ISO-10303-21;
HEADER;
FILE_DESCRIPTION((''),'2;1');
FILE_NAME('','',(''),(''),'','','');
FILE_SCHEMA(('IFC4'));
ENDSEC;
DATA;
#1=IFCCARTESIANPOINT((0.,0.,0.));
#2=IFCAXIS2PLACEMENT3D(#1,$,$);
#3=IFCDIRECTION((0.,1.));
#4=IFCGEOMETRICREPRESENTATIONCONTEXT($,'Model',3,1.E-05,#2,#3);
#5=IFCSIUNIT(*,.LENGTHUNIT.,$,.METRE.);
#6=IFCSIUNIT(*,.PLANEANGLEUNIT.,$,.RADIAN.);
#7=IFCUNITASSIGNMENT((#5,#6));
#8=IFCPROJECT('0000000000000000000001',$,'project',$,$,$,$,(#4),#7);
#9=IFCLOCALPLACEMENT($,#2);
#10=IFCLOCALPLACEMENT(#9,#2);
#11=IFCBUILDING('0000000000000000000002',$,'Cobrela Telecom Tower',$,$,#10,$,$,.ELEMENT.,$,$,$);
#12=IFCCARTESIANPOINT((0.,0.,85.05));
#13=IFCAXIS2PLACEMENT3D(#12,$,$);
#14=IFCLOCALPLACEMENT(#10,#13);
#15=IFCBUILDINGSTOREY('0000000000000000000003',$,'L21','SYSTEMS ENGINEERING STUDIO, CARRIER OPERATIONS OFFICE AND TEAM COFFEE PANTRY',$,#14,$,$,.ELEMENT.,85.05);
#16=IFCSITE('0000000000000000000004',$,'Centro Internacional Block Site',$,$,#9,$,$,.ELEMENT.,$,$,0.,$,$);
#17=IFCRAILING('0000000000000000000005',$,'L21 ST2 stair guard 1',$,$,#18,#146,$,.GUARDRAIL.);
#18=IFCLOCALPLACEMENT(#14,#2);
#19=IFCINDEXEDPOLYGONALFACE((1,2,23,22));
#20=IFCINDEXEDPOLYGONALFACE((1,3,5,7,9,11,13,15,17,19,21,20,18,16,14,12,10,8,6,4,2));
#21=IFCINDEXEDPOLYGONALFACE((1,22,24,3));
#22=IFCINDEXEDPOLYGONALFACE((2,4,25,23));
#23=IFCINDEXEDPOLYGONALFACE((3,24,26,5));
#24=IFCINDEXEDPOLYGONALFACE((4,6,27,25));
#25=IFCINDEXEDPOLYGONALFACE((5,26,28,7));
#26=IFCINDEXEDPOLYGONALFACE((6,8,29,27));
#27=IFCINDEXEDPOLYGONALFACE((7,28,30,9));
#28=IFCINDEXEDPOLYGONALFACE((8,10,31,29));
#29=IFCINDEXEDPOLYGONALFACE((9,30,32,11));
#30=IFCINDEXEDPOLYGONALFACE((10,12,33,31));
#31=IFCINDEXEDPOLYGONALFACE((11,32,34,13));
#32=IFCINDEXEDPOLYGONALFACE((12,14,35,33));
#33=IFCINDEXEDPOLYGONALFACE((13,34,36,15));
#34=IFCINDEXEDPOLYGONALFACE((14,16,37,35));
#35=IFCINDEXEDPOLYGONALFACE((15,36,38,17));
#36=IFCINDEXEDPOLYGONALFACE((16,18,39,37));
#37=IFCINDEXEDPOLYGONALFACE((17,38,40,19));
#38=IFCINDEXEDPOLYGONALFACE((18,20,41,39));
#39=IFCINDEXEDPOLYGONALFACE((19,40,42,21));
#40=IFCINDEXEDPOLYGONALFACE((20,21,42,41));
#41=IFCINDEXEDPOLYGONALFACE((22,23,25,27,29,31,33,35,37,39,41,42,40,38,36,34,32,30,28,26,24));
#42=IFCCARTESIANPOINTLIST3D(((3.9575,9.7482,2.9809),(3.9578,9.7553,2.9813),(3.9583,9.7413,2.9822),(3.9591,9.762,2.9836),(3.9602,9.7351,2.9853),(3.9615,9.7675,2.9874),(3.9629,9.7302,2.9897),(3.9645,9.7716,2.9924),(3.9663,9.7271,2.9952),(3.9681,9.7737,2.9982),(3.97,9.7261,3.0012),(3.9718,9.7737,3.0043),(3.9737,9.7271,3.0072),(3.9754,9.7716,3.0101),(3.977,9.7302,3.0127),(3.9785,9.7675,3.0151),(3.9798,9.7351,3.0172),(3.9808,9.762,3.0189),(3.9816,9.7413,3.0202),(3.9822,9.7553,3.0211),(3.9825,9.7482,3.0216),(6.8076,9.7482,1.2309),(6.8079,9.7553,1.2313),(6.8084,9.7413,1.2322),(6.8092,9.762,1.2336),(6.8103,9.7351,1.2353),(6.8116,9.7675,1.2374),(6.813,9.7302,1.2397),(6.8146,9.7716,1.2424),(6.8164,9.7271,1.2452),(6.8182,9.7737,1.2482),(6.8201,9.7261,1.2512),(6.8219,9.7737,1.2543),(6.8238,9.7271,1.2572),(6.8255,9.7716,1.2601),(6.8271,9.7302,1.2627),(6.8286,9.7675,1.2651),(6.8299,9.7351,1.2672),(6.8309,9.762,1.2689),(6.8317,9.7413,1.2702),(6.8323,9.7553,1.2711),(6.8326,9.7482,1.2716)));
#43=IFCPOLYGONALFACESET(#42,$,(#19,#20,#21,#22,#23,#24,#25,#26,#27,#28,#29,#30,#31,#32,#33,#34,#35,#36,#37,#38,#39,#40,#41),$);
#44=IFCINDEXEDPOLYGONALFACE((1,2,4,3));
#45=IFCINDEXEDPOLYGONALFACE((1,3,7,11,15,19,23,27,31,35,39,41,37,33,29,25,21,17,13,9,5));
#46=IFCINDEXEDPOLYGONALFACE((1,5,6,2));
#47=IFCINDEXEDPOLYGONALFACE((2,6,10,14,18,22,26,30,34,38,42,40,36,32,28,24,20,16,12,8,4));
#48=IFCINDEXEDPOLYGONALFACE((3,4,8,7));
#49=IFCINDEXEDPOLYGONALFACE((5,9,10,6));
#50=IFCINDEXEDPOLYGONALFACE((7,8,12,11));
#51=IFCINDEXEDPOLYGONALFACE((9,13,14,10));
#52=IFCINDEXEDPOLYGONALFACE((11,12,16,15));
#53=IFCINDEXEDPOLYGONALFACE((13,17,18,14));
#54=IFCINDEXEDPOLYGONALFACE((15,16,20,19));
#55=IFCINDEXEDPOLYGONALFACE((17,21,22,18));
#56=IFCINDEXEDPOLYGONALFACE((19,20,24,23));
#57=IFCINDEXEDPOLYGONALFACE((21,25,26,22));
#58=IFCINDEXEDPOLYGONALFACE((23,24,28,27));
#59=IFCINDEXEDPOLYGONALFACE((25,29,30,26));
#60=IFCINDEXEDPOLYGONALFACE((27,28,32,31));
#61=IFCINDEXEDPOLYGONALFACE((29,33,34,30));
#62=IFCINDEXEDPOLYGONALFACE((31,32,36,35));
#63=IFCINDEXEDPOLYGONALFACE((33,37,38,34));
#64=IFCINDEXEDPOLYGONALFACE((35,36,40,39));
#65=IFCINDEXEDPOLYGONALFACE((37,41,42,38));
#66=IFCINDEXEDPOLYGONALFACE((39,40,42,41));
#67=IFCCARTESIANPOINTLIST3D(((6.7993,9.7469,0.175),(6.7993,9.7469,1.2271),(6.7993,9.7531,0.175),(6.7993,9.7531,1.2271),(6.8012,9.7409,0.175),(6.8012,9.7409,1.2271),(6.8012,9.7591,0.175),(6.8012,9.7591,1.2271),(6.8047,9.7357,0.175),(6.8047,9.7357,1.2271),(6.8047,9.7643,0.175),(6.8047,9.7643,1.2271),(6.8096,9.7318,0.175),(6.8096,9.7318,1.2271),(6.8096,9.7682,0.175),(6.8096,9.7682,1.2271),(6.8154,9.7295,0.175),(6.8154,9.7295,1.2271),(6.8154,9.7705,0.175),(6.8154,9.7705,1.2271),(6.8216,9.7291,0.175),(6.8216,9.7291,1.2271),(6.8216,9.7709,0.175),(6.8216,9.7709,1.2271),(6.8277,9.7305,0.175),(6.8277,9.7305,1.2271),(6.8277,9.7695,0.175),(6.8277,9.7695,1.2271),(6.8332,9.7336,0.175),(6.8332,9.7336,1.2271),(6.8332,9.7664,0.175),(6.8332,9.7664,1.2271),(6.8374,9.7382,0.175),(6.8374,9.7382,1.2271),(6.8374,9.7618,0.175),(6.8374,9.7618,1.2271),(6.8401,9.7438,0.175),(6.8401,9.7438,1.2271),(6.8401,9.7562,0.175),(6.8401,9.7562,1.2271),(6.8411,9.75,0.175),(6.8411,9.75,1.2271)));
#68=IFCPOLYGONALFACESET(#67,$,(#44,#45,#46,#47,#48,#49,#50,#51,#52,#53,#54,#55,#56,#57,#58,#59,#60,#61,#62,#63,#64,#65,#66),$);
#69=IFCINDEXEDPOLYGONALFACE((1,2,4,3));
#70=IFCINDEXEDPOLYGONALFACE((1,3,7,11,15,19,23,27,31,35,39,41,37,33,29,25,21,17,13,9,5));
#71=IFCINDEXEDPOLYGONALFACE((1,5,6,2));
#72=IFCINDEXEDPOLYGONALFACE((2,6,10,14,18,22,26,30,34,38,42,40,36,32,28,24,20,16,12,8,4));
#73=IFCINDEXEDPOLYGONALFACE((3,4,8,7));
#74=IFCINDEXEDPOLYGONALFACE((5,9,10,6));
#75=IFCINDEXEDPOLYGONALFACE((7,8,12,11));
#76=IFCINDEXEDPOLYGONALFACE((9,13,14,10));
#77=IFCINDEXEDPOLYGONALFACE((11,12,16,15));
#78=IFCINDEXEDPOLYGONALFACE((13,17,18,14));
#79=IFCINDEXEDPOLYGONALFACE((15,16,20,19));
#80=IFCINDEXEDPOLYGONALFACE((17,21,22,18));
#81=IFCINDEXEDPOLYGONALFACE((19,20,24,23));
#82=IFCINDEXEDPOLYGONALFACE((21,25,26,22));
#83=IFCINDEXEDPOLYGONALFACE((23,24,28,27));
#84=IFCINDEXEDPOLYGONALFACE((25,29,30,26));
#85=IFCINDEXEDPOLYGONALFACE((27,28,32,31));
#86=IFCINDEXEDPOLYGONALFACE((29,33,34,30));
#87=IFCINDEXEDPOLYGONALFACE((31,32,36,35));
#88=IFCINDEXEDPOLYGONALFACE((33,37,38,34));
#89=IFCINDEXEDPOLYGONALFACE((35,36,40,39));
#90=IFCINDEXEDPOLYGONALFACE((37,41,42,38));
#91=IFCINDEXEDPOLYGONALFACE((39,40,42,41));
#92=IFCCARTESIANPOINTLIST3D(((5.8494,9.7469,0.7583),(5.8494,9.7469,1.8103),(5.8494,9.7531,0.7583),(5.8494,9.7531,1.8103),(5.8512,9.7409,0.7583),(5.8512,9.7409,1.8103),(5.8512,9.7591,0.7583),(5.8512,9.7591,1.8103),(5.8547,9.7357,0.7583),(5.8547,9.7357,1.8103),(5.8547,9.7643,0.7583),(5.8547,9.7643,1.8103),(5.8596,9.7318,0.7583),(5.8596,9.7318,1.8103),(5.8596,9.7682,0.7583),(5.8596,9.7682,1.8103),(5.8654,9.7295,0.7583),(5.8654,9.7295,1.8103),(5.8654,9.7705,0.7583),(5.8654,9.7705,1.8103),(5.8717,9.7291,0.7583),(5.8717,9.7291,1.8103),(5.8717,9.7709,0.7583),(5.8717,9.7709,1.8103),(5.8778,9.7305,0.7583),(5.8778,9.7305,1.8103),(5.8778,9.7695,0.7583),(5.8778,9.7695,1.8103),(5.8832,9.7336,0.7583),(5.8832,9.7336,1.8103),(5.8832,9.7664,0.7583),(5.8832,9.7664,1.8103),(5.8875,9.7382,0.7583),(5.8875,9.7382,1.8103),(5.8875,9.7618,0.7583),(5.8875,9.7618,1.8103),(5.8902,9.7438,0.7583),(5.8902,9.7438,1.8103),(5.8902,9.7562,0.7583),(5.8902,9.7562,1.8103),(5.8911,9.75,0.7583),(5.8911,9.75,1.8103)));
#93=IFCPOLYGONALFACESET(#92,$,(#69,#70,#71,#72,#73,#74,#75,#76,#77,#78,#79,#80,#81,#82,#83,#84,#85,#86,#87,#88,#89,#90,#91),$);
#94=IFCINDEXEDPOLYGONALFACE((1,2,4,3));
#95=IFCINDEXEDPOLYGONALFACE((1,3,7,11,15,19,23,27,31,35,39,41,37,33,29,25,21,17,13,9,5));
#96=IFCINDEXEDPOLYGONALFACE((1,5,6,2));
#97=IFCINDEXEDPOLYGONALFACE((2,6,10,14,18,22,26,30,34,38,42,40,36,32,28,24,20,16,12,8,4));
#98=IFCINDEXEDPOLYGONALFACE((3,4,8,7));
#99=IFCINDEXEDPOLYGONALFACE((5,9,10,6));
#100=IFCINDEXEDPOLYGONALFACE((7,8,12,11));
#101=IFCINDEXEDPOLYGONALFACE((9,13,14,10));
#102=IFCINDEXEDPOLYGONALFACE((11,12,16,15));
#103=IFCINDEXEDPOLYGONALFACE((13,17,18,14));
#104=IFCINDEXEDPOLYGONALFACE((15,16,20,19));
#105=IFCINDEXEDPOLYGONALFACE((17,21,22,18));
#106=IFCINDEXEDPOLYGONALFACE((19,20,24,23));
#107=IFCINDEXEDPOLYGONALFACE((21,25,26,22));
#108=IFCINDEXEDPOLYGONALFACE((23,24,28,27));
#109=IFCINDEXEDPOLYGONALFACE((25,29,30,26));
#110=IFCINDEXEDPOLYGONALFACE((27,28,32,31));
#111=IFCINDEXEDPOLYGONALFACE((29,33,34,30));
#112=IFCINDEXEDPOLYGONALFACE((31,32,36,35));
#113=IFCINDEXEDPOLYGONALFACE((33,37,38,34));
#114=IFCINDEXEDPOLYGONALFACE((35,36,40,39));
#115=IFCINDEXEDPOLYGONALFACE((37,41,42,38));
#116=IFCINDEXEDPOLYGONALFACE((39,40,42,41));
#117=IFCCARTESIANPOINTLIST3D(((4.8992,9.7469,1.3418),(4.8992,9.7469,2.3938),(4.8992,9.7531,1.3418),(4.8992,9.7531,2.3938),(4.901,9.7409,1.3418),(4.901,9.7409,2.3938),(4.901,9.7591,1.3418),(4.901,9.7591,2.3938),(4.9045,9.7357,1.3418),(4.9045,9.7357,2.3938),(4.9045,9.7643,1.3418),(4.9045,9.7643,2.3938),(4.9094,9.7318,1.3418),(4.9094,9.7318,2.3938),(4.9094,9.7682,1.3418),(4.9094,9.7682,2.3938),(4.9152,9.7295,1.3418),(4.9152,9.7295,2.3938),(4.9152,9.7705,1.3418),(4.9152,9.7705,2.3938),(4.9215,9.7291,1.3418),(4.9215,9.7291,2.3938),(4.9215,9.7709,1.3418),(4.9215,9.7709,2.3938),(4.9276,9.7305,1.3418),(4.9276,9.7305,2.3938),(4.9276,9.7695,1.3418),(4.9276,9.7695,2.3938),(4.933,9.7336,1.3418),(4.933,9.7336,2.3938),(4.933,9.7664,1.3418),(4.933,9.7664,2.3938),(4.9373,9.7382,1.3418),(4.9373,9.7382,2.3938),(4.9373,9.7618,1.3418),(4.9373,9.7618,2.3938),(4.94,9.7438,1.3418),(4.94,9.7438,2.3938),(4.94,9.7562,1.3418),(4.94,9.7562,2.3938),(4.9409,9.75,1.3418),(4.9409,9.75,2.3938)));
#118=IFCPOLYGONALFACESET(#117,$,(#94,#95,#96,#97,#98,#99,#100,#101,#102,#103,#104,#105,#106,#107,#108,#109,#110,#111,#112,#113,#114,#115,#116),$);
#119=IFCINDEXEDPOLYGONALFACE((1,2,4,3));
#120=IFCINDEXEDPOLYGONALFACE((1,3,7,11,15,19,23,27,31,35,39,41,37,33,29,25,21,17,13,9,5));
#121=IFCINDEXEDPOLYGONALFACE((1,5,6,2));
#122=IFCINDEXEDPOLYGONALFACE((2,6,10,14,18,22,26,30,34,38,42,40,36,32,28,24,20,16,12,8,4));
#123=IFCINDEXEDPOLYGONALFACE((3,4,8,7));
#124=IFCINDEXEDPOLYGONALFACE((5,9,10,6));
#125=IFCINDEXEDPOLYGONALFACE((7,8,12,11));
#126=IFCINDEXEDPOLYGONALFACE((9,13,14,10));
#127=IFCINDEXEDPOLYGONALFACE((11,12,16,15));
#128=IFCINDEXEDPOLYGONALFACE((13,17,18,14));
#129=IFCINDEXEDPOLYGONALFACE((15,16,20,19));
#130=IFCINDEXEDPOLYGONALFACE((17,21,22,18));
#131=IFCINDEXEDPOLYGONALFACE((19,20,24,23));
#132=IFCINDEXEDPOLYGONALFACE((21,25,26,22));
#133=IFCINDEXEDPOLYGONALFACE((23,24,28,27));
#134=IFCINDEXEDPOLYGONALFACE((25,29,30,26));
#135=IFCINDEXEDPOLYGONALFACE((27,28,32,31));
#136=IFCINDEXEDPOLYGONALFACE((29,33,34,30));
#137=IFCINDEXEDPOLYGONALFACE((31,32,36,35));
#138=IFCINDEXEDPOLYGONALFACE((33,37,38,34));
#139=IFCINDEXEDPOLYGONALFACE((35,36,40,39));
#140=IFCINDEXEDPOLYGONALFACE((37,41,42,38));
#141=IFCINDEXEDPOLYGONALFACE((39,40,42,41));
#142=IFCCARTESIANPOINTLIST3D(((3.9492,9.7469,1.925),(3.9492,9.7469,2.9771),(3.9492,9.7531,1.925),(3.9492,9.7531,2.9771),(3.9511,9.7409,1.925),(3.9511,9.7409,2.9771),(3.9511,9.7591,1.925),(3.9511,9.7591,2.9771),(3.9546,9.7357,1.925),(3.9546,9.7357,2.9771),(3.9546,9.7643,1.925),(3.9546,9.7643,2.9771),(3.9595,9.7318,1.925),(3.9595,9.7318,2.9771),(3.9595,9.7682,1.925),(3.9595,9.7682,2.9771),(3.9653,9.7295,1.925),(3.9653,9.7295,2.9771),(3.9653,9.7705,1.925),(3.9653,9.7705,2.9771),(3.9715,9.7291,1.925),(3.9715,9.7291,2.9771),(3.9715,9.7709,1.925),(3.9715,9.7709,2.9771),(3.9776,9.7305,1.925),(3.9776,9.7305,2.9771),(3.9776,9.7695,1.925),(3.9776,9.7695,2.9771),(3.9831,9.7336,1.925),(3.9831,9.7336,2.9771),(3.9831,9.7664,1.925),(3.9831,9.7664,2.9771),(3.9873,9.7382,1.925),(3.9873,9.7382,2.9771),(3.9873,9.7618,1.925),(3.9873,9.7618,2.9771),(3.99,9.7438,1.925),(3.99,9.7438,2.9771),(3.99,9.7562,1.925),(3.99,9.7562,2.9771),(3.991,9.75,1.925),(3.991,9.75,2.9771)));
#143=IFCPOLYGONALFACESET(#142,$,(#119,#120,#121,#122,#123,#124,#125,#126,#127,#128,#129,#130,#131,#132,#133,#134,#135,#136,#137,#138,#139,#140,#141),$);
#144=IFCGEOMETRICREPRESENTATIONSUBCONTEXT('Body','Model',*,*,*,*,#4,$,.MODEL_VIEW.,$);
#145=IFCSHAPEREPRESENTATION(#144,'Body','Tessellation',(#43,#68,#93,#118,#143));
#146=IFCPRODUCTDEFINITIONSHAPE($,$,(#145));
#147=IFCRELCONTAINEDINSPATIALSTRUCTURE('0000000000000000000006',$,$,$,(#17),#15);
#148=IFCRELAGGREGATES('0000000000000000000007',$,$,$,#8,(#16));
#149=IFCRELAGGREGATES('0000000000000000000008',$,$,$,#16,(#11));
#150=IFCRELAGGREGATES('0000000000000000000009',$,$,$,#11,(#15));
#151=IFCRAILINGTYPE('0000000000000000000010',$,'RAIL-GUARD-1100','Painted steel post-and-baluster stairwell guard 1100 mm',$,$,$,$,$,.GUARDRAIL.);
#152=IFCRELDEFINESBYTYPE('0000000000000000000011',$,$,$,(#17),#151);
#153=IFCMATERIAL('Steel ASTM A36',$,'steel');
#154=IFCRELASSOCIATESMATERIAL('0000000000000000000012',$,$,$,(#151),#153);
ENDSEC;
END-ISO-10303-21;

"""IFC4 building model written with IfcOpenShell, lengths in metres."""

from ifc_helpers import new_model, si_unit, direction, frame, origin, origin_2d, place, context, subcontext, project, spatial, circle, extrude, material, type_object, element, save


model = new_model("IFC4")

# Units and contexts
model_context = context("Model", 3, precision=1e-05, world=origin(), true_north=direction((0.0, 1.0)))
body_context = subcontext(model_context, "Body", "Model", "MODEL_VIEW")
ifc_project = project(units=[si_unit("LENGTHUNIT", "METRE"), si_unit("PLANEANGLEUNIT", "RADIAN")], contexts=[model_context])

# Site, building, storey
site_placement = place(None, origin())
site = spatial("IfcSite", under=ifc_project, at=site_placement, Name="Centro Internacional Block Site", CompositionType="ELEMENT", RefElevation=0.0)
building_placement = place(site_placement, origin())
building = spatial("IfcBuilding", under=site, at=building_placement, Name="Cobrela Telecom Tower", CompositionType="ELEMENT")
storey_placement = place(building_placement, frame((0.0, 0.0, 85.05)))
storey = spatial("IfcBuildingStorey", under=building, at=storey_placement, Name="L21", Description="SYSTEMS ENGINEERING STUDIO, CARRIER OPERATIONS OFFICE AND TEAM COFFEE PANTRY", CompositionType="ELEMENT", Elevation=85.05)

# Railing
ifc_material_1 = material(Name="Steel ASTM A36", Category="steel")
railing_type_1 = type_object("IfcRailingType", Name="RAIL-GUARD-1100", Description="Painted steel post-and-baluster stairwell guard 1100 mm", PredefinedType="GUARDRAIL", material=ifc_material_1)
railing_1_placement = place(storey_placement, frame((6.8201, 9.75, 0.175)))
element("IfcRailing", 1, at=railing_1_placement, inside=storey, type_object=railing_type_1, Name="L21 ST2 stair guard 1", PredefinedType="GUARDRAIL", context=body_context, shape_type="SweptSolid", body=[
    extrude(circle(Radius=0.0239, at=origin_2d()), frame((0.0, 0.0, 1.0762), z_axis=(-0.852179, 0.0, 0.52325), x_axis=(0.0, -1.0, 0.0)), (0.0, 0.0, 1.0), 3.3445),
    extrude(circle(Radius=0.021, at=origin_2d()), origin(), (0.0, 0.0, 1.0), 1.052),
    extrude(circle(Radius=0.021, at=origin_2d()), frame((-0.95, 0.0, 0.5833)), (0.0, 0.0, 1.0), 1.052),
    extrude(circle(Radius=0.021, at=origin_2d()), frame((-1.9001, 0.0, 1.1667)), (0.0, 0.0, 1.0), 1.052),
    extrude(circle(Radius=0.021, at=origin_2d()), frame((-2.8501, 0.0, 1.75)), (0.0, 0.0, 1.0), 1.052),
])

save(model, "model.ifc")
